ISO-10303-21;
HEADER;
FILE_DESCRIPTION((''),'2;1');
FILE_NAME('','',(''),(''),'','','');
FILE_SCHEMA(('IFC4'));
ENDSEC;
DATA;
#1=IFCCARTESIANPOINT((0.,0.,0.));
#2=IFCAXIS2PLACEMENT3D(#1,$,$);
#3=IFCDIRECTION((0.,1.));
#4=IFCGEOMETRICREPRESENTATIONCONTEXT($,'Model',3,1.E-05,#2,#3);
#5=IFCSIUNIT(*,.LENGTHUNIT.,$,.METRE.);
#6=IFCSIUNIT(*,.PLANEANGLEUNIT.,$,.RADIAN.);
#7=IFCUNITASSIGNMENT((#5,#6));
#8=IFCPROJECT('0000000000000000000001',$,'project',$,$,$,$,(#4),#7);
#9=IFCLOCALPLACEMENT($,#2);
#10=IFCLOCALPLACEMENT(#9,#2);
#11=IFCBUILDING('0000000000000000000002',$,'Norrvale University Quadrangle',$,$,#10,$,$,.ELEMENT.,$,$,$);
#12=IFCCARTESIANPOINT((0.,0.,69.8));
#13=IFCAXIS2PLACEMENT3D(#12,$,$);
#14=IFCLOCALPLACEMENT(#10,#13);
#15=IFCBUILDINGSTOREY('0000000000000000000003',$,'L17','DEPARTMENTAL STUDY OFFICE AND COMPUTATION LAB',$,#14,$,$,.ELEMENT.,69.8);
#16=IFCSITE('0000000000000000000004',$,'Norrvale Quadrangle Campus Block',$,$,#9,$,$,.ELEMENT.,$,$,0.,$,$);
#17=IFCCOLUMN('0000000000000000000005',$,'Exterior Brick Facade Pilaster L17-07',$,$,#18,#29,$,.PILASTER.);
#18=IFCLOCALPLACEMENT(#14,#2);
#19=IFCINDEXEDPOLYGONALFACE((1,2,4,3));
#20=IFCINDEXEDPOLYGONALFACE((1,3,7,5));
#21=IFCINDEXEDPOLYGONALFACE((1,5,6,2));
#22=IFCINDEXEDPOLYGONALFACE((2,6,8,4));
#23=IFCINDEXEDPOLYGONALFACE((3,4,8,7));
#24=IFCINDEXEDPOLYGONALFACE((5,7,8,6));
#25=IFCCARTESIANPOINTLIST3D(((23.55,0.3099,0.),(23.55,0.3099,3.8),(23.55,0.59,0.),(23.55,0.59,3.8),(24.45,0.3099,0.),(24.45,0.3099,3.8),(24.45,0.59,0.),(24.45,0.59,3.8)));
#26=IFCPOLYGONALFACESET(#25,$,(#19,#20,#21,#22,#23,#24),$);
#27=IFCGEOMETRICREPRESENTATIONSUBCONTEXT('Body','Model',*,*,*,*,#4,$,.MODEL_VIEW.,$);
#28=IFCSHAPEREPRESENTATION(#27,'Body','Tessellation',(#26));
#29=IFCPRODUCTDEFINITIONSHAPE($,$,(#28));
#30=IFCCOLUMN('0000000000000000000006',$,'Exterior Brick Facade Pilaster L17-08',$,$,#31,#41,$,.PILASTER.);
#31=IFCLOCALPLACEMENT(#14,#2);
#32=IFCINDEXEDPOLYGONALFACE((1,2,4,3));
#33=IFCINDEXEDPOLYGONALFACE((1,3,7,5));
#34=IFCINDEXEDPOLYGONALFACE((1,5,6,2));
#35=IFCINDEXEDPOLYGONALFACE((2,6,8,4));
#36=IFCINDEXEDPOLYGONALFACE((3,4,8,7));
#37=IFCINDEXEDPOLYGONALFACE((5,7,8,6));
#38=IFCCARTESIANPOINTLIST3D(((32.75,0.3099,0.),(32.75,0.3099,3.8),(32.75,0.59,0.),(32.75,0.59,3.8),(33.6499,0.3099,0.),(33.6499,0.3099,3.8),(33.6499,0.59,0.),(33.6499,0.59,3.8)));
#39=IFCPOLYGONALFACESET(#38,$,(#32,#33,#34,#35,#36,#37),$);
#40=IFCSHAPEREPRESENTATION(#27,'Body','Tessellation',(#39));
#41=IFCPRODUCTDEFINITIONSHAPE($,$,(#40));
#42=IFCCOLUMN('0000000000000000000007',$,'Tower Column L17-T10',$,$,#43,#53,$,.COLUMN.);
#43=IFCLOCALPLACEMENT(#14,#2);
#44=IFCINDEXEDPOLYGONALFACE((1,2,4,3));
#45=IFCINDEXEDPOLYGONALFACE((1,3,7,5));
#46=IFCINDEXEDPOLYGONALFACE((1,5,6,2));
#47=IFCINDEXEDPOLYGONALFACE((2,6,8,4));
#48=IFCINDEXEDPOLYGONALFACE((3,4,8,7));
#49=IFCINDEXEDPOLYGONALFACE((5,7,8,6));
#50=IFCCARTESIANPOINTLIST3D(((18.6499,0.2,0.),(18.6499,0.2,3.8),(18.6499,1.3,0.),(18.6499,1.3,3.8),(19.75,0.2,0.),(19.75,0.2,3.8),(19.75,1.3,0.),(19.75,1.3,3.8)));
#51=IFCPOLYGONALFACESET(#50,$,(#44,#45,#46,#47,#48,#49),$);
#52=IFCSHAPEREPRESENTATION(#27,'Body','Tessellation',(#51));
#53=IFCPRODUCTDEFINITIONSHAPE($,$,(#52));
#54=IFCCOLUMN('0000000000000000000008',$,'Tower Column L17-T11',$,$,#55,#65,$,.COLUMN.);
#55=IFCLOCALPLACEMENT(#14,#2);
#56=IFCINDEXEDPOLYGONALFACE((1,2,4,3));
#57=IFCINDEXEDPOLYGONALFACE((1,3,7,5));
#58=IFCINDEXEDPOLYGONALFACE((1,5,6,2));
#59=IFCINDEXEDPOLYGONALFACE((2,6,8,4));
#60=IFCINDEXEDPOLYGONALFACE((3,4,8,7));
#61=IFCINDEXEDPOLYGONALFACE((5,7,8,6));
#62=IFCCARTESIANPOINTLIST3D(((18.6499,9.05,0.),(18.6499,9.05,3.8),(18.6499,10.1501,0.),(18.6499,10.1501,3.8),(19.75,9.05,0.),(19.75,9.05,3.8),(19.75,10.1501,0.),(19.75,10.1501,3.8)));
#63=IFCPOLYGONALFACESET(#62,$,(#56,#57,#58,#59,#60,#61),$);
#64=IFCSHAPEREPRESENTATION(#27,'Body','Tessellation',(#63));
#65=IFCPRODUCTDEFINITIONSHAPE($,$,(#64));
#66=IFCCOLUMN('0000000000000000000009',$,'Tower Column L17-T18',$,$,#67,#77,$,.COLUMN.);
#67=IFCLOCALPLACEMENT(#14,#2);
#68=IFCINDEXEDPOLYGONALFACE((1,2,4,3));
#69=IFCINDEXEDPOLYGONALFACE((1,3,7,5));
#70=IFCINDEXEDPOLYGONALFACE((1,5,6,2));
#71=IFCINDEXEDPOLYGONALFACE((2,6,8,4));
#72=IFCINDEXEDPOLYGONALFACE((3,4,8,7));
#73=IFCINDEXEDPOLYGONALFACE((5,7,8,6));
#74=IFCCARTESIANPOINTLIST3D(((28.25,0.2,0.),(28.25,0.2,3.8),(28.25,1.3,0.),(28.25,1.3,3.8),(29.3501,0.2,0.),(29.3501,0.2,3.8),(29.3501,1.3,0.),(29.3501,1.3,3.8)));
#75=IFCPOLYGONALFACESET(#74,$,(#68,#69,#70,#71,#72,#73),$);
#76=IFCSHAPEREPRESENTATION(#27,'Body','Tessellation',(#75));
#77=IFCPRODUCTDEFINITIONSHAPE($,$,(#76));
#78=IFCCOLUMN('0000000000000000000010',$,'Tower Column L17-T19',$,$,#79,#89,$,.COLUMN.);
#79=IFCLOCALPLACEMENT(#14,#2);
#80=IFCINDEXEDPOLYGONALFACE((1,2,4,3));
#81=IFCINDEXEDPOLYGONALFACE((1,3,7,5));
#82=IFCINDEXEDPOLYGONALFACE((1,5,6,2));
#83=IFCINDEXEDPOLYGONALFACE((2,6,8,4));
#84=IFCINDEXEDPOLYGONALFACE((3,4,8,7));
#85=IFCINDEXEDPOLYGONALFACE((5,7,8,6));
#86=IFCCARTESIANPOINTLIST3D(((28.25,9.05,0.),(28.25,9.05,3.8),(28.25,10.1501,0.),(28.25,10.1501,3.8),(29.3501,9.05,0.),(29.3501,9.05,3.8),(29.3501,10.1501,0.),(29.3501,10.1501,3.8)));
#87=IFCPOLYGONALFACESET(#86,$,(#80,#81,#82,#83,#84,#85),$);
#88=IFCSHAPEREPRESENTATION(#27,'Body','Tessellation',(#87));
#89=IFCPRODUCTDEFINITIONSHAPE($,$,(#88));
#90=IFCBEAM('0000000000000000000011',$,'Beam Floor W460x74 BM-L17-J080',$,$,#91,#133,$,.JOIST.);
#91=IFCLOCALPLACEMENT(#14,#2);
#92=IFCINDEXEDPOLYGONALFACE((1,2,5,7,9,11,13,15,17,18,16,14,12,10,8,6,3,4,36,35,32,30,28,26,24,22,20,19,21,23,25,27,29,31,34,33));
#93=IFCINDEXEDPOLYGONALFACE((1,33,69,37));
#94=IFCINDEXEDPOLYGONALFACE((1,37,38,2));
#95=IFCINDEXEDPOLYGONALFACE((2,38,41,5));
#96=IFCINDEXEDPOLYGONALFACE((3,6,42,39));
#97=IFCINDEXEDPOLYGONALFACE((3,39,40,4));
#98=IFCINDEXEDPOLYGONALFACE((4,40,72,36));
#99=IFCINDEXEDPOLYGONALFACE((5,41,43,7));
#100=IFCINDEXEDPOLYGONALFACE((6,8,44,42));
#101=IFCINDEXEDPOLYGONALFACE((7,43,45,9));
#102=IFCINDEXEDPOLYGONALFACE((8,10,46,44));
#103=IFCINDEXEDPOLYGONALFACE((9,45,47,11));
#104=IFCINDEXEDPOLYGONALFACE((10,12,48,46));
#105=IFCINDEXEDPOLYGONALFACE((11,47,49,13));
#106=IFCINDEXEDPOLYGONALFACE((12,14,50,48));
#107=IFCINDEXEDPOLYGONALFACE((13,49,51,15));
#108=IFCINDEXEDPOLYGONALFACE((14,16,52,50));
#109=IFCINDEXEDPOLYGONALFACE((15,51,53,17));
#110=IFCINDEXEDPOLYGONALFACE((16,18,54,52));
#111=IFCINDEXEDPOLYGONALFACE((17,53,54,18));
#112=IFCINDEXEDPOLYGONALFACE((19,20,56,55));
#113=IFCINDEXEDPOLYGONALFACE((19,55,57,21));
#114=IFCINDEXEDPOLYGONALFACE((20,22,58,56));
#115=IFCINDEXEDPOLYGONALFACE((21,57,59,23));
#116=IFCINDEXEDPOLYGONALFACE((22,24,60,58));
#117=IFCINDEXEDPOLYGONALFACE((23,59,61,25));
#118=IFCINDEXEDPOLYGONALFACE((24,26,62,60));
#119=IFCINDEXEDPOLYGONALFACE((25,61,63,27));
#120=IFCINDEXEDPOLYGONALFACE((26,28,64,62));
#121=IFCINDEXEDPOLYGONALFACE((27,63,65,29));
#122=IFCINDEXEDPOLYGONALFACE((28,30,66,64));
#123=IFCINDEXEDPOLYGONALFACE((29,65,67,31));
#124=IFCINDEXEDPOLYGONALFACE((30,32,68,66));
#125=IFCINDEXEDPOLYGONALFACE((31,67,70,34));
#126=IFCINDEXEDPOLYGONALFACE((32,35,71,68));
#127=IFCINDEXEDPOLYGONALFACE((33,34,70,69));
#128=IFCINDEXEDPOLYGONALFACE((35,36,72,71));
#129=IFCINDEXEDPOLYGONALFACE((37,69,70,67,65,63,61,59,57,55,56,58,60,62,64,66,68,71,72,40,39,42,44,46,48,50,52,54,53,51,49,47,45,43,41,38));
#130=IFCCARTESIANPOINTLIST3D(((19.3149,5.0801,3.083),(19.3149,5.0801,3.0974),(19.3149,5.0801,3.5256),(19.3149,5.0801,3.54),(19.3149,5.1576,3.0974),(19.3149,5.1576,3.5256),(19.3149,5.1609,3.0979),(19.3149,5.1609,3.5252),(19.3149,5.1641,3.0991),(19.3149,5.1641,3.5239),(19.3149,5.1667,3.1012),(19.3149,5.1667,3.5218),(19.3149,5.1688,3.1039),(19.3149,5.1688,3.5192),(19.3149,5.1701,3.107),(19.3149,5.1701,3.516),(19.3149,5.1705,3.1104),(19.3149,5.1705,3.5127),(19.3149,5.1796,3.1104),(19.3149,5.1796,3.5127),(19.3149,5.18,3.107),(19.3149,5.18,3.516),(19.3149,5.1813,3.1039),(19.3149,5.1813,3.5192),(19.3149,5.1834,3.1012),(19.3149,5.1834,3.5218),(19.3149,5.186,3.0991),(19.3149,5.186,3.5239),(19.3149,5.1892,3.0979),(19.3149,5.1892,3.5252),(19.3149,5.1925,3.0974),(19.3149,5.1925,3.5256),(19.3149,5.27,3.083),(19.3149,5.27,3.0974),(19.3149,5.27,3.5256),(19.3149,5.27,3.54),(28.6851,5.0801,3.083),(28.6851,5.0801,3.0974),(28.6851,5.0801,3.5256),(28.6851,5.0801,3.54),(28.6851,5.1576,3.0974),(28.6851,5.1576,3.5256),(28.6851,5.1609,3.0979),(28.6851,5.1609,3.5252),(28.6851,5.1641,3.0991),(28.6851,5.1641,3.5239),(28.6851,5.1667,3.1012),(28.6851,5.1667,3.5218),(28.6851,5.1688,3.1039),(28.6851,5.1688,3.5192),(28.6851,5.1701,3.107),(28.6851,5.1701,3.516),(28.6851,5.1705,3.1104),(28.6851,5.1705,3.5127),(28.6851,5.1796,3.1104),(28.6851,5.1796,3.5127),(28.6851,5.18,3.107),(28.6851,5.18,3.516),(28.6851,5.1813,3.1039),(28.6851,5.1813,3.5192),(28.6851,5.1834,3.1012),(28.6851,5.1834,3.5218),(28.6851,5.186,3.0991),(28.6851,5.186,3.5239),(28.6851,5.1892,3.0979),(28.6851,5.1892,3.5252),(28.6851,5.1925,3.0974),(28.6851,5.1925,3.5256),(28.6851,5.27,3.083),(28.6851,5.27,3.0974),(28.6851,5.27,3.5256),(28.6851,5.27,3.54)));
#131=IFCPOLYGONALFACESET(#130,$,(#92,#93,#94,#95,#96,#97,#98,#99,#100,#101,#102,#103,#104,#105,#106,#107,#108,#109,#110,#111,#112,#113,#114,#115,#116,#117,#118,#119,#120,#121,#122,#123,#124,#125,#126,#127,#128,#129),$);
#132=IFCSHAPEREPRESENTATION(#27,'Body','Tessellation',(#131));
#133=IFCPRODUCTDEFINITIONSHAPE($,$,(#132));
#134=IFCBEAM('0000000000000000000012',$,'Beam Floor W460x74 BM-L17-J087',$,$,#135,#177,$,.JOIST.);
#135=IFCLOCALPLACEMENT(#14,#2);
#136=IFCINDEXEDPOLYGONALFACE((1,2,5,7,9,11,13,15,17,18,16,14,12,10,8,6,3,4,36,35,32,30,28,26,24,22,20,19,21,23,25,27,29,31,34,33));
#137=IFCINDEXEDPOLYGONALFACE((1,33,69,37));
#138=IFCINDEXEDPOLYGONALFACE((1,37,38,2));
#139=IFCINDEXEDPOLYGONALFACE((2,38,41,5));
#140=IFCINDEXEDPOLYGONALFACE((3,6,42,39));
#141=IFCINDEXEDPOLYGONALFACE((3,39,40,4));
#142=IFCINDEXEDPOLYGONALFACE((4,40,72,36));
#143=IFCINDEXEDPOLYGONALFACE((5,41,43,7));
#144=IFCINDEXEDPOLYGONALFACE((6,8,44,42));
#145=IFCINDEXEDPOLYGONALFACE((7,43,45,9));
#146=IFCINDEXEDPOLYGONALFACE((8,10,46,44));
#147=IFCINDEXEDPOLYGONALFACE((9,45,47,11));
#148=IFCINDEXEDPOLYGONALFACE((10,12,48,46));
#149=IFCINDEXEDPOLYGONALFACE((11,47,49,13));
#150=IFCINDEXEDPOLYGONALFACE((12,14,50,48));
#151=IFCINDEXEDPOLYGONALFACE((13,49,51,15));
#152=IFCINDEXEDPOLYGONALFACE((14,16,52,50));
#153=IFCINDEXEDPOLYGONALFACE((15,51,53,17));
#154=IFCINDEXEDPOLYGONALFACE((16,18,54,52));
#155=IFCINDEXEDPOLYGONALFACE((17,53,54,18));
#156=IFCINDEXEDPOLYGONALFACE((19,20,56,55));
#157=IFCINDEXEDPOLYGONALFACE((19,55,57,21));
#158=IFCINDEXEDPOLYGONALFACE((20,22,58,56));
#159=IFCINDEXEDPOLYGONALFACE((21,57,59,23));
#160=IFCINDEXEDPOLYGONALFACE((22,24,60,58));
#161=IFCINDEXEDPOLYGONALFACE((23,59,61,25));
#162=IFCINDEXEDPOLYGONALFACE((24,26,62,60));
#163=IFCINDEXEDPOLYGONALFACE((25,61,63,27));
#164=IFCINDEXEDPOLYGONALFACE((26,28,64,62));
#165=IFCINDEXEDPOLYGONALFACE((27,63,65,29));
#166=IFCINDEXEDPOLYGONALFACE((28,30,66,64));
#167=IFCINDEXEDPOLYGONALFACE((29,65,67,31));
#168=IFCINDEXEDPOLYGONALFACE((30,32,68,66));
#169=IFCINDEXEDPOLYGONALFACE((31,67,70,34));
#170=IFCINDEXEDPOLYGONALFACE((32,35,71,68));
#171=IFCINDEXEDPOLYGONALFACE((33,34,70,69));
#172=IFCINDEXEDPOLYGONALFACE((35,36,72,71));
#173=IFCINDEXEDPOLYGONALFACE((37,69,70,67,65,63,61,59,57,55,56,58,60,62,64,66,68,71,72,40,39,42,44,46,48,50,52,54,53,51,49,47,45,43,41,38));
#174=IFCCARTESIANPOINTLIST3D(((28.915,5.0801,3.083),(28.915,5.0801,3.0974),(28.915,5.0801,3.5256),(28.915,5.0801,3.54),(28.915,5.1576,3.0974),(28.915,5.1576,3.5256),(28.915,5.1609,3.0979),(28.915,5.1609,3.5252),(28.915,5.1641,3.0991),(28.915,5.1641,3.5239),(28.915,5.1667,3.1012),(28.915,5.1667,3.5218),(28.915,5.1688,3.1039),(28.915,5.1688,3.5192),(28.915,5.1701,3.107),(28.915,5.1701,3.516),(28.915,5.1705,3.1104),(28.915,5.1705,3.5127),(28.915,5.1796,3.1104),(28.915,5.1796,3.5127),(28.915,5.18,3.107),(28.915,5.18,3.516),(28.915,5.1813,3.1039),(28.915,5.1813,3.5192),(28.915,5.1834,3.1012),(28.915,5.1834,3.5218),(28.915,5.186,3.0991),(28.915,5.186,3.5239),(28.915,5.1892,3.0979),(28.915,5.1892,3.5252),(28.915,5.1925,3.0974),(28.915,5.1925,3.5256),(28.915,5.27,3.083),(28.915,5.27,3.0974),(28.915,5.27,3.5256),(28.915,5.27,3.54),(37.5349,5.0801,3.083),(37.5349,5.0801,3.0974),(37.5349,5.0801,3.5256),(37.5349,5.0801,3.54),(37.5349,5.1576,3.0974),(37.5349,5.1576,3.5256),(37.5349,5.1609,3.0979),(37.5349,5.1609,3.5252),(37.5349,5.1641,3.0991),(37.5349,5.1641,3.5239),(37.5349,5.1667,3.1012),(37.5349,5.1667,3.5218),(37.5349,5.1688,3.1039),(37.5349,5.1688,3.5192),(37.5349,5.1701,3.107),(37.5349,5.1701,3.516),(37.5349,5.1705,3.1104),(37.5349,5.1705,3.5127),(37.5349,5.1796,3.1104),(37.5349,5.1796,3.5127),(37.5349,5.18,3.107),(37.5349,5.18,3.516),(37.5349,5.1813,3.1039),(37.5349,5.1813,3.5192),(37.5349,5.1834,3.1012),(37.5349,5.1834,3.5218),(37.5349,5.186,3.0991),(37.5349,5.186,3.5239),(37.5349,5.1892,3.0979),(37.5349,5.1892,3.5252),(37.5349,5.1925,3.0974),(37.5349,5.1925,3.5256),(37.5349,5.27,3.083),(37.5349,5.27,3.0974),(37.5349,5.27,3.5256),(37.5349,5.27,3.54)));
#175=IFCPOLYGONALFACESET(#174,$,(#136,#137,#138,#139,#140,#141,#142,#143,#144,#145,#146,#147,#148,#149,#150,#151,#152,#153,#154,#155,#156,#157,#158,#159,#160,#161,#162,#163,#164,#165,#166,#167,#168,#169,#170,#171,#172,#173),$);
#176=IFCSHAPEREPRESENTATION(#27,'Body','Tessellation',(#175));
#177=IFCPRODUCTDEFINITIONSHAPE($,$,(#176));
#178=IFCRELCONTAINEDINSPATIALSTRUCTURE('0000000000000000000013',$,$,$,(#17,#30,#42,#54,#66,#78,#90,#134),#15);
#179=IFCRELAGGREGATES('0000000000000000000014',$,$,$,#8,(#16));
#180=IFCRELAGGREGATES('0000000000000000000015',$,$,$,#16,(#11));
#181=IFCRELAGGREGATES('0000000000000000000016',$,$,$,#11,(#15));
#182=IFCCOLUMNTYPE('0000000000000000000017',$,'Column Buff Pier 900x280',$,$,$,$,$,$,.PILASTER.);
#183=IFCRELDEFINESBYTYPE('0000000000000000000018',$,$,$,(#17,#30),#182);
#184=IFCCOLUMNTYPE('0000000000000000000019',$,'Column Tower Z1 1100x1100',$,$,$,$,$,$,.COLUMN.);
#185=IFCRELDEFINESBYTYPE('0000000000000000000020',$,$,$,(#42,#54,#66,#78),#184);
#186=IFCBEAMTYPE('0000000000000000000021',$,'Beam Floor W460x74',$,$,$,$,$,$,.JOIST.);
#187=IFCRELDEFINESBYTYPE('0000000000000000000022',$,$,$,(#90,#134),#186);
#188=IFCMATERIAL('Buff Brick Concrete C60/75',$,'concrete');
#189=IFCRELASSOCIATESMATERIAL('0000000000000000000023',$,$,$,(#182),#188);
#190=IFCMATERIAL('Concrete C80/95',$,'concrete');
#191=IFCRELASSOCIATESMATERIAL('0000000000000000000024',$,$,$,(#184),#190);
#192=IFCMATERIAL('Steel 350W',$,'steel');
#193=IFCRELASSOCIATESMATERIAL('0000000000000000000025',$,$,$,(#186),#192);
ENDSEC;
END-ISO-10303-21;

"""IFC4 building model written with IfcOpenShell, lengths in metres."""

from ifc_helpers import new_model, si_unit, direction, frame, origin, origin_2d, place, context, subcontext, project, spatial, rectangle, i_section, extrude, material, material_profile, profile_set, type_object, element, save


model = new_model("IFC4")

# Units and contexts
model_context = context("Model", 3, precision=1e-05, world=origin(), true_north=direction((0.0, 1.0)))
body_context = subcontext(model_context, "Body", "Model", "MODEL_VIEW")
ifc_project = project(units=[si_unit("LENGTHUNIT", "METRE"), si_unit("PLANEANGLEUNIT", "RADIAN")], contexts=[model_context])

# Site, building, storey
site_placement = place(None, origin())
site = spatial("IfcSite", under=ifc_project, at=site_placement, Name="Norrvale Quadrangle Campus Block", CompositionType="ELEMENT", RefElevation=0.0)
building_placement = place(site_placement, origin())
building = spatial("IfcBuilding", under=site, at=building_placement, Name="Norrvale University Quadrangle", CompositionType="ELEMENT")
storey_placement = place(building_placement, frame((0.0, 0.0, 69.8)))
storey = spatial("IfcBuildingStorey", under=building, at=storey_placement, Name="L17", Description="DEPARTMENTAL STUDY OFFICE AND COMPUTATION LAB", CompositionType="ELEMENT", Elevation=69.8)

# Columns
ifc_material_1 = material(Name="Buff Brick Concrete C60/75", Category="concrete")
ifc_material_profile_1 = material_profile(ifc_material_1, rectangle(XDim=0.8999, YDim=0.28, at=origin_2d()), Name="Buff Brick Concrete C60/75")
ifc_profile_set_1 = profile_set([ifc_material_profile_1], Name="Buff Brick Concrete C60/75")
column_type_1 = type_object("IfcColumnType", Name="Column Buff Pier 900x280", PredefinedType="PILASTER", material=ifc_profile_set_1)
for number, where, z_axis, x_axis, name in (
    (1, (24.0, 0.45, 0.0), (0.0, 0.0, 1.0), (1.0, 0.0, 0.0), "Exterior Brick Facade Pilaster L17-07"),
    (2, (33.2, 0.45, 0.0), (0.0, 0.0, 1.0), (1.0, 0.0, 0.0), "Exterior Brick Facade Pilaster L17-08"),
):
    element("IfcColumn", number, at=place(storey_placement, frame(where, z_axis=z_axis, x_axis=x_axis)), inside=storey, type_object=column_type_1, Name=name, PredefinedType="PILASTER", context=body_context, shape_type="SweptSolid", body=[
        extrude(rectangle(XDim=0.8999, YDim=0.28, at=origin_2d()), origin(), (0.0, 0.0, 1.0), 3.8),
    ])
ifc_material_2 = material(Name="Concrete C80/95", Category="concrete")
ifc_material_profile_2 = material_profile(ifc_material_2, rectangle(XDim=1.1001, YDim=1.1001, at=origin_2d()), Name="Concrete C80/95")
ifc_profile_set_2 = profile_set([ifc_material_profile_2], Name="Concrete C80/95")
column_type_2 = type_object("IfcColumnType", Name="Column Tower Z1 1100x1100", PredefinedType="COLUMN", material=ifc_profile_set_2)
for number, where, z_axis, x_axis, name in (
    (3, (19.2, 0.75, 0.0), (0.0, 0.0, 1.0), (1.0, 0.0, 0.0), "Tower Column L17-T10"),
    (4, (19.2, 9.6001, 0.0), (0.0, 0.0, 1.0), (1.0, 0.0, 0.0), "Tower Column L17-T11"),
    (5, (28.8, 0.75, 0.0), (0.0, 0.0, 1.0), (1.0, 0.0, 0.0), "Tower Column L17-T18"),
    (6, (28.8, 9.6001, 0.0), (0.0, 0.0, 1.0), (1.0, 0.0, 0.0), "Tower Column L17-T19"),
):
    element("IfcColumn", number, at=place(storey_placement, frame(where, z_axis=z_axis, x_axis=x_axis)), inside=storey, type_object=column_type_2, Name=name, PredefinedType="COLUMN", context=body_context, shape_type="SweptSolid", body=[
        extrude(rectangle(XDim=1.1001, YDim=1.1001, at=origin_2d()), origin(), (0.0, 0.0, 1.0), 3.8),
    ])

# Beams
ifc_material_3 = material(Name="Steel 350W", Category="steel")
ifc_material_profile_3 = material_profile(ifc_material_3, i_section(OverallWidth=0.1899, OverallDepth=0.457, WebThickness=0.009, FlangeThickness=0.0144, FilletRadius=0.0129, at=origin_2d()), Name="Steel 350W")
ifc_profile_set_3 = profile_set([ifc_material_profile_3], Name="Steel 350W")
beam_type_1 = type_object("IfcBeamType", Name="Beam Floor W460x74", PredefinedType="JOIST", material=ifc_profile_set_3)
beam_1_placement = place(storey_placement, frame((19.3149, 5.175, 3.3115), z_axis=(1.0, 0.0, 0.0), x_axis=(0.0, 1.0, 0.0)))
element("IfcBeam", 7, at=beam_1_placement, inside=storey, type_object=beam_type_1, Name="Beam Floor W460x74 BM-L17-J080", PredefinedType="JOIST", context=body_context, shape_type="SweptSolid", body=[
    extrude(i_section(OverallWidth=0.1899, OverallDepth=0.457, WebThickness=0.009, FlangeThickness=0.0144, FilletRadius=0.0129, at=origin_2d()), origin(), (0.0, 0.0, 1.0), 9.3701),
])
beam_2_placement = place(storey_placement, frame((28.915, 5.175, 3.3115), z_axis=(1.0, 0.0, 0.0), x_axis=(0.0, 1.0, 0.0)))
element("IfcBeam", 8, at=beam_2_placement, inside=storey, type_object=beam_type_1, Name="Beam Floor W460x74 BM-L17-J087", PredefinedType="JOIST", context=body_context, shape_type="SweptSolid", body=[
    extrude(i_section(OverallWidth=0.1899, OverallDepth=0.457, WebThickness=0.009, FlangeThickness=0.0144, FilletRadius=0.0129, at=origin_2d()), origin(), (0.0, 0.0, 1.0), 8.6199),
])

save(model, "model.ifc")
